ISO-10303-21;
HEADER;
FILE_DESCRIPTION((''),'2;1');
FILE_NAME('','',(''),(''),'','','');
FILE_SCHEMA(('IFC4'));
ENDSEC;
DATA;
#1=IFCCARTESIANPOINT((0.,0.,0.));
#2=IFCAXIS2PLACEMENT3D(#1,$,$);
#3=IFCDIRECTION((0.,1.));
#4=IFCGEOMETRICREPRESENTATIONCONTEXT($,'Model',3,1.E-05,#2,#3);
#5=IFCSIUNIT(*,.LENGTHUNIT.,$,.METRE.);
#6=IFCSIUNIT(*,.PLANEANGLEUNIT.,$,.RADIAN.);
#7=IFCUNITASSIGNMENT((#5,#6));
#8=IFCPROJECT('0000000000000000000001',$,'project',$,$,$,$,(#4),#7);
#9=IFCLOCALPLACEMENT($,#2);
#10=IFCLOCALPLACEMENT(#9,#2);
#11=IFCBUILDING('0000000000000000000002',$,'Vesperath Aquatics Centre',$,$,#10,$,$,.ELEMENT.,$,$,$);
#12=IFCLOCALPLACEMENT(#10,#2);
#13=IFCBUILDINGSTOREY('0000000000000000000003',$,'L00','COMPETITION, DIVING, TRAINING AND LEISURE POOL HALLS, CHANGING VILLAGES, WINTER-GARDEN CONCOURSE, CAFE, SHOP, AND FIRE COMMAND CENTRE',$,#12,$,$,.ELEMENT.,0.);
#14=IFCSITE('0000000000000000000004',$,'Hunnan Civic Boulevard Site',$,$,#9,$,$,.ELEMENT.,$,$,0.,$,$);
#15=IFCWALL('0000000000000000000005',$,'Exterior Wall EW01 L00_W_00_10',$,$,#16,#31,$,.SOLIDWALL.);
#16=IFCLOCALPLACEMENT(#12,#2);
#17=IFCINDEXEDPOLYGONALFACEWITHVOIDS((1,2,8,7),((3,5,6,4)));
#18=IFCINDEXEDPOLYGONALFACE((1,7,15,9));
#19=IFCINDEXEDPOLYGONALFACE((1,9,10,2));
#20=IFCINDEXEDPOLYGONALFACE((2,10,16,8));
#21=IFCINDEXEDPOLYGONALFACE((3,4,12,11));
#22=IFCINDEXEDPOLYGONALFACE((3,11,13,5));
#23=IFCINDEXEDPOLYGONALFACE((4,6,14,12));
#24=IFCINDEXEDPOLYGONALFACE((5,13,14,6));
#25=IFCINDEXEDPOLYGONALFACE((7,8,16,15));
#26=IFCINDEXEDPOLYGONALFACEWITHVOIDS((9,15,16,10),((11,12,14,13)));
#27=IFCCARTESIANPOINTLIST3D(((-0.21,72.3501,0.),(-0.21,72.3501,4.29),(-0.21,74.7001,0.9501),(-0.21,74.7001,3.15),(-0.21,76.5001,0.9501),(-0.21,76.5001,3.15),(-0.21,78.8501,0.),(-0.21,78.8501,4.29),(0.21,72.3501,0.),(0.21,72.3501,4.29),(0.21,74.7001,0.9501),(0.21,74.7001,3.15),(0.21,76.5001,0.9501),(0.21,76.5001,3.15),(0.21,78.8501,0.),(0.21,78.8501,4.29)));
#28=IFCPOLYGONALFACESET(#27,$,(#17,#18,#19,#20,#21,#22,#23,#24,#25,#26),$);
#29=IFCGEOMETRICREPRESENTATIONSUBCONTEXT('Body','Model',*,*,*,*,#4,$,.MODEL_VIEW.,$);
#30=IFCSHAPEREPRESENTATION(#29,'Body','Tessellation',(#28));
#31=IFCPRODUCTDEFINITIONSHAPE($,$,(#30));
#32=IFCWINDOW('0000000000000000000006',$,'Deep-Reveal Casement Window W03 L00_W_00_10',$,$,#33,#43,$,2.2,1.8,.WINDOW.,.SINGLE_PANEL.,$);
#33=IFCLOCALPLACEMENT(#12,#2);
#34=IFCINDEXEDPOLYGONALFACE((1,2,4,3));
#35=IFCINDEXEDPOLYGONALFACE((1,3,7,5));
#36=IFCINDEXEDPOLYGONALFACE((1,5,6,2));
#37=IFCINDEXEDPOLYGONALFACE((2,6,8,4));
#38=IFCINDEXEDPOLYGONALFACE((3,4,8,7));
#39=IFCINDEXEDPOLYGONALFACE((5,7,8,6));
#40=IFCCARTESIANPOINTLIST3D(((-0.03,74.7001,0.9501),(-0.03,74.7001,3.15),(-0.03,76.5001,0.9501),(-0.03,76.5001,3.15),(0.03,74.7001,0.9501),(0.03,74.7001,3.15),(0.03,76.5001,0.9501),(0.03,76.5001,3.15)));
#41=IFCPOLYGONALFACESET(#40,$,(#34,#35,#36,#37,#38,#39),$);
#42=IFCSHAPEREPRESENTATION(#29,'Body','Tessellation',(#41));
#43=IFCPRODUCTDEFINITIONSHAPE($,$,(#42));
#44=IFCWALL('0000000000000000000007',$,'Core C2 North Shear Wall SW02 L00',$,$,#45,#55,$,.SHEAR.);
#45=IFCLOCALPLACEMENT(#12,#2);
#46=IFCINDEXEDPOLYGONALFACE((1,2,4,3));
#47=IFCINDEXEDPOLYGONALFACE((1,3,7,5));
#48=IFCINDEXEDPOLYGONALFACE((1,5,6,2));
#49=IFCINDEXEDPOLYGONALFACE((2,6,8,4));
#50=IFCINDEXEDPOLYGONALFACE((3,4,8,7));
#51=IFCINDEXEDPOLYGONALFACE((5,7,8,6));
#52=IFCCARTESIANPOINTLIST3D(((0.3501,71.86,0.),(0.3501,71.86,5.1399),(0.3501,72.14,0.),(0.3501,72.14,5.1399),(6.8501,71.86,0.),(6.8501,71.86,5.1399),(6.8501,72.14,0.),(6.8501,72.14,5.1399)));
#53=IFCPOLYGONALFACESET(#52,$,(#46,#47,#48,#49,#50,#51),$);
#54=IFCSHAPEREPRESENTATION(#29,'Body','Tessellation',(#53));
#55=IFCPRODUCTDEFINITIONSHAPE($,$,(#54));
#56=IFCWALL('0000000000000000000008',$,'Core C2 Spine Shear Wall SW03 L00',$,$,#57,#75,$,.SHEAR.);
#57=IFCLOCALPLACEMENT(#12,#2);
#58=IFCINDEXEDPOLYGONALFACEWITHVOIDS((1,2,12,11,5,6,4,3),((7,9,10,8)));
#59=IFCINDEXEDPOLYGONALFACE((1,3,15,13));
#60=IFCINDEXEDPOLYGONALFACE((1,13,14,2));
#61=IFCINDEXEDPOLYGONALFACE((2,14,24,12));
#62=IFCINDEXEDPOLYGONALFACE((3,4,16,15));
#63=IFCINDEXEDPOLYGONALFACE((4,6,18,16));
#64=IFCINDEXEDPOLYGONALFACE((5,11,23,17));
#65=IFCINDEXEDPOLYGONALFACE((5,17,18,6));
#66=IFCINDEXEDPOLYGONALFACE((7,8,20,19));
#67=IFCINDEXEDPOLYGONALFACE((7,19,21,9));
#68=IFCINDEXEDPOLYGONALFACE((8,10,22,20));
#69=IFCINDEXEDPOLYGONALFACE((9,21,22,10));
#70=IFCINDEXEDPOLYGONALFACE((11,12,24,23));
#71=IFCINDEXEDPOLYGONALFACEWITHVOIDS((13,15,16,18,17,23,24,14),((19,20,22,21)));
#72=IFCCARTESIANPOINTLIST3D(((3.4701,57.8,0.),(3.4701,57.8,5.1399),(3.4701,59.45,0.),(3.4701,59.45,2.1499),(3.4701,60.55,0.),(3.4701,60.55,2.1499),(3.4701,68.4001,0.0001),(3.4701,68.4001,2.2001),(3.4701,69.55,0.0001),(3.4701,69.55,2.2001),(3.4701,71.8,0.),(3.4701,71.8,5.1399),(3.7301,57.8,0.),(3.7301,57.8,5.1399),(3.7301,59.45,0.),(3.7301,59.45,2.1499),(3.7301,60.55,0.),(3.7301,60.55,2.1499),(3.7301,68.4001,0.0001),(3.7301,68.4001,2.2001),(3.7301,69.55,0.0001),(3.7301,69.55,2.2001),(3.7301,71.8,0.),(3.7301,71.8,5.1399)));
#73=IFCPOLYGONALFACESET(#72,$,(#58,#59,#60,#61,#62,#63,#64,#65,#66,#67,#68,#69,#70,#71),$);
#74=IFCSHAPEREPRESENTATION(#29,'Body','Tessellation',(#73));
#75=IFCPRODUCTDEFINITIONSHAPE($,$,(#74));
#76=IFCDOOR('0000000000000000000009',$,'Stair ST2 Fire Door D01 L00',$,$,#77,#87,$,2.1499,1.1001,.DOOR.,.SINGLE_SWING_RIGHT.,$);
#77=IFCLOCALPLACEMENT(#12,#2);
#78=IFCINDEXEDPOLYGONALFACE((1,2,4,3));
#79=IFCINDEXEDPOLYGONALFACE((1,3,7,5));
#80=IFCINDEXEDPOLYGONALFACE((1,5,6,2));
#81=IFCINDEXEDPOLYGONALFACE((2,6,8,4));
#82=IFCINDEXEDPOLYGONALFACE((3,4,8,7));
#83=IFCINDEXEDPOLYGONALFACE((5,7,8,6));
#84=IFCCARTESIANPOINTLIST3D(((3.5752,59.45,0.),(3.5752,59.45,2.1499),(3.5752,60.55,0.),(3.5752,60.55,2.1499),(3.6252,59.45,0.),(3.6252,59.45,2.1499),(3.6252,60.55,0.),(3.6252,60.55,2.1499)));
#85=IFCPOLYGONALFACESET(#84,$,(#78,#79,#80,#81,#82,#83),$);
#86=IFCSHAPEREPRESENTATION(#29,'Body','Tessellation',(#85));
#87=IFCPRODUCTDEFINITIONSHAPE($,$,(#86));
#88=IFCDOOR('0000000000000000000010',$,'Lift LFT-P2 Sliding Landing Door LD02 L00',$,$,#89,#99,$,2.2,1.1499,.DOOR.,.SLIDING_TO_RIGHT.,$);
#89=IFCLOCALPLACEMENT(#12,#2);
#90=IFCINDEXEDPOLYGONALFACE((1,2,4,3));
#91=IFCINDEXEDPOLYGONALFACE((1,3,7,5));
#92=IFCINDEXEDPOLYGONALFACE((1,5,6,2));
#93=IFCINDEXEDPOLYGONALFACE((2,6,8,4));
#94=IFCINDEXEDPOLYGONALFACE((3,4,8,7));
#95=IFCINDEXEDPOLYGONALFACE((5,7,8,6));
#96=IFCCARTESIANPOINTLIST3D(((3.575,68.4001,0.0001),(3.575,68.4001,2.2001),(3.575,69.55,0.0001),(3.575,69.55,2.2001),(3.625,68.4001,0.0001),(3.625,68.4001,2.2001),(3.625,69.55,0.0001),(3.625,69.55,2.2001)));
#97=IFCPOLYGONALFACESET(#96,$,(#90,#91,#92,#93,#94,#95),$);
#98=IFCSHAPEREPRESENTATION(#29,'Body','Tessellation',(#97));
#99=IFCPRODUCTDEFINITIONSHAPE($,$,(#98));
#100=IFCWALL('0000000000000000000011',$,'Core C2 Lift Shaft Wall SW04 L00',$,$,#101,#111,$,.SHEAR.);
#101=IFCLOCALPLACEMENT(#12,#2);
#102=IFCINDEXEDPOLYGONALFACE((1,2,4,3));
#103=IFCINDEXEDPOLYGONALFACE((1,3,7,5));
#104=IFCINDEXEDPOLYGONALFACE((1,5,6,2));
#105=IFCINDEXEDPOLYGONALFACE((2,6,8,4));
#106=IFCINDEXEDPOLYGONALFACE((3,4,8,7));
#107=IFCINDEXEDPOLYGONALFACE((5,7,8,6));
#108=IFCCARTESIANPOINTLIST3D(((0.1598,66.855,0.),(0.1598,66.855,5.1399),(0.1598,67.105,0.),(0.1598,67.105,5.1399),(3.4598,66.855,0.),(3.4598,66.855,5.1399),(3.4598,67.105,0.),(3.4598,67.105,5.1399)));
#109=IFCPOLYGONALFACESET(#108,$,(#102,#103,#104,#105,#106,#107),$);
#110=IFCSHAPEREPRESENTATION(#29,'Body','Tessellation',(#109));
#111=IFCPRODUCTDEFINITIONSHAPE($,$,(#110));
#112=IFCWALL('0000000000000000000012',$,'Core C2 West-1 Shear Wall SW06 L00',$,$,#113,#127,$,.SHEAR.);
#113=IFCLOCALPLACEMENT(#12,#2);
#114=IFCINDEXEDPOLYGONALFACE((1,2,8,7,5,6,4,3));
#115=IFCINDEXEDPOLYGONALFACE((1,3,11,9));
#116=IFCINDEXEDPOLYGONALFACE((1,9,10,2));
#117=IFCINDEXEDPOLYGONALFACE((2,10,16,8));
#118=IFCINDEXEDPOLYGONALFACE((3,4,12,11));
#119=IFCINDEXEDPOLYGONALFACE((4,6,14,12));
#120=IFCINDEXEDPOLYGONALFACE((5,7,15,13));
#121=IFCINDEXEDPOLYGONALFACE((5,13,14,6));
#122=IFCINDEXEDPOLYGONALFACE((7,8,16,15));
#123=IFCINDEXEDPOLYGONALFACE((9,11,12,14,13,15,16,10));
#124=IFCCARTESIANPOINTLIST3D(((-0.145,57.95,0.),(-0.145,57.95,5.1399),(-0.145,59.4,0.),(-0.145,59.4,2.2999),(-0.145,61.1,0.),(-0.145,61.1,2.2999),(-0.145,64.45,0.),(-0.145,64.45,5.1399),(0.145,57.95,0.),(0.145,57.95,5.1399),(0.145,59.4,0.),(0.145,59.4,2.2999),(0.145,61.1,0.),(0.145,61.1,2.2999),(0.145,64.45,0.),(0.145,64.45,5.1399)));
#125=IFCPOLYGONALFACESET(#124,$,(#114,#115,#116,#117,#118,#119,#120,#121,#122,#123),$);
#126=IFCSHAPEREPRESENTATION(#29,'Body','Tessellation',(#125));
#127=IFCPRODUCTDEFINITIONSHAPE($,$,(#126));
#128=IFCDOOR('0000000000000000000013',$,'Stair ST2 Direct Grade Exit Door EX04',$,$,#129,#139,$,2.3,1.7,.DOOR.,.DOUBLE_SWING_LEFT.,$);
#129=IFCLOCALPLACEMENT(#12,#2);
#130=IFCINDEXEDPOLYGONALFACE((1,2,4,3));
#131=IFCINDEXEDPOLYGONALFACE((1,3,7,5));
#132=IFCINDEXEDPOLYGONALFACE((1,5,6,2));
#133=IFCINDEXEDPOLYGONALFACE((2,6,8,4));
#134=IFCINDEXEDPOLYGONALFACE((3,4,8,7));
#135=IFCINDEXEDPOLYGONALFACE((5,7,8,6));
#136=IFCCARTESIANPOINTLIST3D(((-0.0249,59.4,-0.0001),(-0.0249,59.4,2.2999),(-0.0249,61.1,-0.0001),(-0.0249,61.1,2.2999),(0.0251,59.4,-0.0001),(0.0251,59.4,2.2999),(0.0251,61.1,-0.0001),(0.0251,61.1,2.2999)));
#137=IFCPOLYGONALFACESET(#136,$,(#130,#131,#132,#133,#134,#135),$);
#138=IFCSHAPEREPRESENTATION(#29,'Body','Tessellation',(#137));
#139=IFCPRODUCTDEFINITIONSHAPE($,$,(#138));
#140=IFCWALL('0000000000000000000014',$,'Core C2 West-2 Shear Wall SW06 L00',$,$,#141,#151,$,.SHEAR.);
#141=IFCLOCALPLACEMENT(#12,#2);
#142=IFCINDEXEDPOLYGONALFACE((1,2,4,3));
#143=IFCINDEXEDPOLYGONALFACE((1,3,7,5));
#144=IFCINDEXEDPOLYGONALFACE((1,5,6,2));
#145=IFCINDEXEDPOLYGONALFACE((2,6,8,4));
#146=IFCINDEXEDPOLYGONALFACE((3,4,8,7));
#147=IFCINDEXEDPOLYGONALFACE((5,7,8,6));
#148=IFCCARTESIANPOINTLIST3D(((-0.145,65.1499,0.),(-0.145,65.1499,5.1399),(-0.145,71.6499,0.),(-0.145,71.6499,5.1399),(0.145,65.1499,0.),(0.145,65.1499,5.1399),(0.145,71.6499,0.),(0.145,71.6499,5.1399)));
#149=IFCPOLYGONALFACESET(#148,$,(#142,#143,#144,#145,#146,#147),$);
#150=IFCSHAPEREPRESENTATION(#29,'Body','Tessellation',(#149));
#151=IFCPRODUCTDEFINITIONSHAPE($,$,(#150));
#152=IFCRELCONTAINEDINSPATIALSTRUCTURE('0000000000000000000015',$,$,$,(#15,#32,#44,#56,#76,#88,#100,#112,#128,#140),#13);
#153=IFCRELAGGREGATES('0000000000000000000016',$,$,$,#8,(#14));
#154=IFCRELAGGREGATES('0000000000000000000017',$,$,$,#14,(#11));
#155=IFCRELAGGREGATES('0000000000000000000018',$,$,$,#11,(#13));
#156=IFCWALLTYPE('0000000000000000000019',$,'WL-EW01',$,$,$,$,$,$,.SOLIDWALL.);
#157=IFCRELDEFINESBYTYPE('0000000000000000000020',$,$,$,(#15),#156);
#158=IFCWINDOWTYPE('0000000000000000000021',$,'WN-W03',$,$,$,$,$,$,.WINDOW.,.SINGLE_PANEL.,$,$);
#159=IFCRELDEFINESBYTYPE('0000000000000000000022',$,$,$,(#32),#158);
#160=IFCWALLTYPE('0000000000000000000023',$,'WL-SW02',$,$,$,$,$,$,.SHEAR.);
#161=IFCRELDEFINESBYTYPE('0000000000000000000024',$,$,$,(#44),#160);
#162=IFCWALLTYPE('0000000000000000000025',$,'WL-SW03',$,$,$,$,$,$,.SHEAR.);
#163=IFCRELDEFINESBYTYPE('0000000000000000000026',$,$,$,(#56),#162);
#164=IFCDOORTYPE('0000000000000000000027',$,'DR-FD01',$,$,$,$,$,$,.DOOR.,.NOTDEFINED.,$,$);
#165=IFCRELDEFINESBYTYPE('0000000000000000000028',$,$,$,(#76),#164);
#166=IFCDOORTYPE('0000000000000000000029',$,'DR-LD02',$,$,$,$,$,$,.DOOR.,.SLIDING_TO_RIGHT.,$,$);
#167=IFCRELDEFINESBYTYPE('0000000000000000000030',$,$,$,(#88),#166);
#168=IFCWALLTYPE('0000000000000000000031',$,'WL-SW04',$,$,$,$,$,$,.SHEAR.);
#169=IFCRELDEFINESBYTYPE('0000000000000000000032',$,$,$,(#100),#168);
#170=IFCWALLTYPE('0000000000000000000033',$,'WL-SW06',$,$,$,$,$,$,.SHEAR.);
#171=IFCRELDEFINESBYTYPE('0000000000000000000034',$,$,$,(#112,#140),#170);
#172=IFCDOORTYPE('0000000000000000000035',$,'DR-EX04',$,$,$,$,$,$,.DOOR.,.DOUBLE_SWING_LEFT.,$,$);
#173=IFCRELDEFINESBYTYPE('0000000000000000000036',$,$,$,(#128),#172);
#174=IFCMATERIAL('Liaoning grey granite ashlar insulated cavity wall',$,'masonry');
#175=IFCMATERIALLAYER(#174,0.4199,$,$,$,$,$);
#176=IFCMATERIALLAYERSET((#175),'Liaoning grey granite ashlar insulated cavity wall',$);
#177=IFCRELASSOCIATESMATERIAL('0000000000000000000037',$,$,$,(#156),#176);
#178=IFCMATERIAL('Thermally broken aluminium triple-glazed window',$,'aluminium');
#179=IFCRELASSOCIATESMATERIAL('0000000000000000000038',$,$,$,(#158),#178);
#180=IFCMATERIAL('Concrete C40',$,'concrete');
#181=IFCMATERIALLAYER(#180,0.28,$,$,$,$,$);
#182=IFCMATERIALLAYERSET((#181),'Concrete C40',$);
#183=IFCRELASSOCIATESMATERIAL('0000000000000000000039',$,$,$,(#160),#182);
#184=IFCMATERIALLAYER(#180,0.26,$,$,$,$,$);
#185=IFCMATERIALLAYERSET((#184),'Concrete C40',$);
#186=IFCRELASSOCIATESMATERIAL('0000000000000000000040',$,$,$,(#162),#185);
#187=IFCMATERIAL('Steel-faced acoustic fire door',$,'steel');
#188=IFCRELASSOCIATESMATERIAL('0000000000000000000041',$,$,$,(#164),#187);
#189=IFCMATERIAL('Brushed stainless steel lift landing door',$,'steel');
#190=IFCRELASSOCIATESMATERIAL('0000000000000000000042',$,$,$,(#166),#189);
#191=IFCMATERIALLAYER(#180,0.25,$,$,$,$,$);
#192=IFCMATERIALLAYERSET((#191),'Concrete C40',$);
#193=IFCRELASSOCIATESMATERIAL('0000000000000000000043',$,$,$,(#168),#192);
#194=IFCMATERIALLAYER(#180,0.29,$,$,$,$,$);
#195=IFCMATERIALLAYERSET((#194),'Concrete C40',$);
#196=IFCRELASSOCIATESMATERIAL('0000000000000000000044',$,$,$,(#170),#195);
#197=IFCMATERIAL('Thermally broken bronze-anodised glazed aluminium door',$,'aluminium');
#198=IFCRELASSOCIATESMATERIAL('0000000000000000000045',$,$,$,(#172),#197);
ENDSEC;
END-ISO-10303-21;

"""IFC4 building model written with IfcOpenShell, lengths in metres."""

from ifc_helpers import new_model, si_unit, direction, frame, frame_2d, origin, place, context, subcontext, project, spatial, rectangle, extrude, material, layer, layer_set, type_object, element, fill, save


model = new_model("IFC4")

# Units and contexts
model_context = context("Model", 3, precision=1e-05, world=origin(), true_north=direction((0.0, 1.0)))
body_context = subcontext(model_context, "Body", "Model", "MODEL_VIEW")
ifc_project = project(units=[si_unit("LENGTHUNIT", "METRE"), si_unit("PLANEANGLEUNIT", "RADIAN")], contexts=[model_context])

# Site, building, storey
site_placement = place(None, origin())
site = spatial("IfcSite", under=ifc_project, at=site_placement, Name="Hunnan Civic Boulevard Site", CompositionType="ELEMENT", RefElevation=0.0)
building_placement = place(site_placement, origin())
building = spatial("IfcBuilding", under=site, at=building_placement, Name="Vesperath Aquatics Centre", CompositionType="ELEMENT")
storey_placement = place(building_placement, origin())
storey = spatial("IfcBuildingStorey", under=building, at=storey_placement, Name="L00", Description="COMPETITION, DIVING, TRAINING AND LEISURE POOL HALLS, CHANGING VILLAGES, WINTER-GARDEN CONCOURSE, CAFE, SHOP, AND FIRE COMMAND CENTRE", CompositionType="ELEMENT", Elevation=0.0)

# Shared definitions
ifc_material_1 = material(Name="Concrete C40", Category="concrete")

# Wall, opening, window
ifc_material_2 = material(Name="Liaoning grey granite ashlar insulated cavity wall", Category="masonry")
ifc_layer_1 = layer(ifc_material_2, 0.4199)
ifc_layer_set_1 = layer_set([ifc_layer_1], Name="Liaoning grey granite ashlar insulated cavity wall")
wall_type_1 = type_object("IfcWallType", Name="WL-EW01", PredefinedType="SOLIDWALL", material=ifc_layer_set_1)
wall_1_placement = place(storey_placement, frame((0.0, 72.3501, 0.0), z_axis=(0.0, 0.0, 1.0), x_axis=(0.0, 1.0, 0.0)))
wall_1 = element("IfcWall", 1, at=wall_1_placement, inside=storey, type_object=wall_type_1, Name="Exterior Wall EW01 L00_W_00_10", PredefinedType="SOLIDWALL", context=body_context, shape_type="SweptSolid", body=[
    extrude(rectangle(XDim=6.5, YDim=0.4199, at=frame_2d((3.25, 0.0))), origin(), (0.0, 0.0, 1.0), 4.29),
])
opening_1_placement = place(wall_1_placement, frame((2.3501, 0.0, 0.95)))
opening_1 = element("IfcOpeningElement", 2, at=opening_1_placement, cuts=wall_1, PredefinedType="OPENING", context=body_context, shape_type="SweptSolid", body=[
    extrude(rectangle(XDim=1.8, YDim=2.2, at=frame_2d((0.8999, 1.1001))), frame((0.0, 0.2249, 0.0), z_axis=(0.0, -1.0, 0.0), x_axis=(1.0, 0.0, 0.0)), (0.0, 0.0, 1.0), 0.4497),
])
ifc_material_3 = material(Name="Thermally broken aluminium triple-glazed window", Category="aluminium")
window_type = type_object("IfcWindowType", Name="WN-W03", PartitioningType="SINGLE_PANEL", PredefinedType="WINDOW", material=ifc_material_3)
window_placement = place(opening_1_placement, origin())
window = element("IfcWindow", 3, at=window_placement, inside=storey, type_object=window_type, Name="Deep-Reveal Casement Window W03 L00_W_00_10", OverallHeight=2.2, OverallWidth=1.8, PartitioningType="SINGLE_PANEL", PredefinedType="WINDOW", context=body_context, shape_type="SweptSolid", body=[
    extrude(rectangle(XDim=1.8, YDim=2.2, at=frame_2d((0.8999, 1.1001))), frame((0.0, 0.03, 0.0), z_axis=(0.0, -1.0, 0.0), x_axis=(1.0, 0.0, 0.0)), (0.0, 0.0, 1.0), 0.0601),
])
fill(opening_1, window)

# Wall
ifc_layer_2 = layer(ifc_material_1, 0.28)
ifc_layer_set_2 = layer_set([ifc_layer_2], Name="Concrete C40")
wall_type_2 = type_object("IfcWallType", Name="WL-SW02", PredefinedType="SHEAR", material=ifc_layer_set_2)
wall_2_placement = place(storey_placement, frame((0.3501, 72.0, 0.0), z_axis=(0.0, 0.0, 1.0), x_axis=(1.0, 0.0, 0.0)))
element("IfcWall", 4, at=wall_2_placement, inside=storey, type_object=wall_type_2, Name="Core C2 North Shear Wall SW02 L00", PredefinedType="SHEAR", context=body_context, shape_type="SweptSolid", body=[
    extrude(rectangle(XDim=6.5, YDim=0.28, at=frame_2d((3.25, 0.0))), origin(), (0.0, 0.0, 1.0), 5.1399),
])

# Wall, openings, doors
ifc_layer_3 = layer(ifc_material_1, 0.26)
ifc_layer_set_3 = layer_set([ifc_layer_3], Name="Concrete C40")
wall_type_3 = type_object("IfcWallType", Name="WL-SW03", PredefinedType="SHEAR", material=ifc_layer_set_3)
wall_3_placement = place(storey_placement, frame((3.6001, 57.8, 0.0), z_axis=(0.0, 0.0, 1.0), x_axis=(0.0, 1.0, 0.0)))
wall_3 = element("IfcWall", 5, at=wall_3_placement, inside=storey, type_object=wall_type_3, Name="Core C2 Spine Shear Wall SW03 L00", PredefinedType="SHEAR", context=body_context, shape_type="SweptSolid", body=[
    extrude(rectangle(XDim=14.0, YDim=0.26, at=frame_2d((7.0, 0.0))), origin(), (0.0, 0.0, 1.0), 5.1399),
])
opening_2_placement = place(wall_3_placement, frame((1.6499, 0.0, 0.0)))
opening_2 = element("IfcOpeningElement", 6, at=opening_2_placement, cuts=wall_3, PredefinedType="OPENING", context=body_context, shape_type="SweptSolid", body=[
    extrude(rectangle(XDim=1.1001, YDim=2.1499, at=frame_2d((0.55, 1.075))), frame((0.0, 0.145, 0.0), z_axis=(0.0, -1.0, 0.0), x_axis=(1.0, 0.0, 0.0)), (0.0, 0.0, 1.0), 0.2898),
])
opening_3_placement = place(wall_3_placement, frame((10.6001, 0.0, 0.0)))
opening_3 = element("IfcOpeningElement", 7, at=opening_3_placement, cuts=wall_3, PredefinedType="OPENING", context=body_context, shape_type="SweptSolid", body=[
    extrude(rectangle(XDim=1.1499, YDim=2.2, at=frame_2d((0.575, 1.1001))), frame((0.0, 0.145, 0.0), z_axis=(0.0, -1.0, 0.0), x_axis=(1.0, 0.0, 0.0)), (0.0, 0.0, 1.0), 0.2898),
])
ifc_material_4 = material(Name="Steel-faced acoustic fire door", Category="steel")
door_type_1 = type_object("IfcDoorType", Name="DR-FD01", OperationType="NOTDEFINED", PredefinedType="DOOR", material=ifc_material_4)
door_1_placement = place(opening_2_placement, origin())
door_1 = element("IfcDoor", 8, at=door_1_placement, inside=storey, type_object=door_type_1, Name="Stair ST2 Fire Door D01 L00", OperationType="SINGLE_SWING_RIGHT", OverallHeight=2.1499, OverallWidth=1.1001, PredefinedType="DOOR", context=body_context, shape_type="SweptSolid", body=[
    extrude(rectangle(XDim=1.1001, YDim=2.1499, at=frame_2d((0.55, 1.075))), frame((0.0, 0.0249, 0.0), z_axis=(0.0, -1.0, 0.0), x_axis=(1.0, 0.0, 0.0)), (0.0, 0.0, 1.0), 0.05),
])
fill(opening_2, door_1)
ifc_material_5 = material(Name="Brushed stainless steel lift landing door", Category="steel")
door_type_2 = type_object("IfcDoorType", Name="DR-LD02", OperationType="SLIDING_TO_RIGHT", PredefinedType="DOOR", material=ifc_material_5)
door_2_placement = place(opening_3_placement, frame((1.1499, 0.0, 0.0), z_axis=(0.0, 0.0, 1.0), x_axis=(-1.0, 0.0, 0.0)))
door_2 = element("IfcDoor", 9, at=door_2_placement, inside=storey, type_object=door_type_2, Name="Lift LFT-P2 Sliding Landing Door LD02 L00", OperationType="SLIDING_TO_RIGHT", OverallHeight=2.2, OverallWidth=1.1499, PredefinedType="DOOR", context=body_context, shape_type="SweptSolid", body=[
    extrude(rectangle(XDim=1.1499, YDim=2.2, at=frame_2d((0.575, 1.1001))), frame((0.0, 0.0249, 0.0), z_axis=(0.0, -1.0, 0.0), x_axis=(1.0, 0.0, 0.0)), (0.0, 0.0, 1.0), 0.05),
])
fill(opening_3, door_2)

# Wall
ifc_layer_4 = layer(ifc_material_1, 0.25)
ifc_layer_set_4 = layer_set([ifc_layer_4], Name="Concrete C40")
wall_type_4 = type_object("IfcWallType", Name="WL-SW04", PredefinedType="SHEAR", material=ifc_layer_set_4)
wall_4_placement = place(storey_placement, frame((0.1599, 66.98, 0.0), z_axis=(0.0, 0.0, 1.0), x_axis=(1.0, 0.0, 0.0)))
element("IfcWall", 10, at=wall_4_placement, inside=storey, type_object=wall_type_4, Name="Core C2 Lift Shaft Wall SW04 L00", PredefinedType="SHEAR", context=body_context, shape_type="SweptSolid", body=[
    extrude(rectangle(XDim=3.3, YDim=0.25, at=frame_2d((1.6499, 0.0))), origin(), (0.0, 0.0, 1.0), 5.1399),
])

# Wall, opening, door
ifc_layer_5 = layer(ifc_material_1, 0.29)
ifc_layer_set_5 = layer_set([ifc_layer_5], Name="Concrete C40")
wall_type_5 = type_object("IfcWallType", Name="WL-SW06", PredefinedType="SHEAR", material=ifc_layer_set_5)
wall_5_placement = place(storey_placement, frame((0.0, 57.95, 0.0), z_axis=(0.0, 0.0, 1.0), x_axis=(0.0, 1.0, 0.0)))
wall_5 = element("IfcWall", 11, at=wall_5_placement, inside=storey, type_object=wall_type_5, Name="Core C2 West-1 Shear Wall SW06 L00", PredefinedType="SHEAR", context=body_context, shape_type="SweptSolid", body=[
    extrude(rectangle(XDim=6.5, YDim=0.29, at=frame_2d((3.25, 0.0))), origin(), (0.0, 0.0, 1.0), 5.1399),
])
opening_4_placement = place(wall_5_placement, frame((1.45, 0.0, 0.0)))
opening_4 = element("IfcOpeningElement", 12, at=opening_4_placement, cuts=wall_5, PredefinedType="OPENING", context=body_context, shape_type="SweptSolid", body=[
    extrude(rectangle(XDim=1.7, YDim=2.3, at=frame_2d((0.8501, 1.1499))), frame((0.0, 0.1599, 0.0), z_axis=(0.0, -1.0, 0.0), x_axis=(1.0, 0.0, 0.0)), (0.0, 0.0, 1.0), 0.3198),
])
ifc_material_6 = material(Name="Thermally broken bronze-anodised glazed aluminium door", Category="aluminium")
door_type_3 = type_object("IfcDoorType", Name="DR-EX04", OperationType="DOUBLE_SWING_LEFT", PredefinedType="DOOR", material=ifc_material_6)
door_3_placement = place(opening_4_placement, origin())
door_3 = element("IfcDoor", 13, at=door_3_placement, inside=storey, type_object=door_type_3, Name="Stair ST2 Direct Grade Exit Door EX04", OperationType="DOUBLE_SWING_LEFT", OverallHeight=2.3, OverallWidth=1.7, PredefinedType="DOOR", context=body_context, shape_type="SweptSolid", body=[
    extrude(rectangle(XDim=1.7, YDim=2.3, at=frame_2d((0.8501, 1.1499))), frame((0.0, 0.0249, 0.0), z_axis=(0.0, -1.0, 0.0), x_axis=(1.0, 0.0, 0.0)), (0.0, 0.0, 1.0), 0.05),
])
fill(opening_4, door_3)

# Wall
wall_6_placement = place(storey_placement, frame((0.0, 65.1499, 0.0), z_axis=(0.0, 0.0, 1.0), x_axis=(0.0, 1.0, 0.0)))
element("IfcWall", 14, at=wall_6_placement, inside=storey, type_object=wall_type_5, Name="Core C2 West-2 Shear Wall SW06 L00", PredefinedType="SHEAR", context=body_context, shape_type="SweptSolid", body=[
    extrude(rectangle(XDim=6.5, YDim=0.29, at=frame_2d((3.25, 0.0))), origin(), (0.0, 0.0, 1.0), 5.1399),
])

save(model, "model.ifc")
